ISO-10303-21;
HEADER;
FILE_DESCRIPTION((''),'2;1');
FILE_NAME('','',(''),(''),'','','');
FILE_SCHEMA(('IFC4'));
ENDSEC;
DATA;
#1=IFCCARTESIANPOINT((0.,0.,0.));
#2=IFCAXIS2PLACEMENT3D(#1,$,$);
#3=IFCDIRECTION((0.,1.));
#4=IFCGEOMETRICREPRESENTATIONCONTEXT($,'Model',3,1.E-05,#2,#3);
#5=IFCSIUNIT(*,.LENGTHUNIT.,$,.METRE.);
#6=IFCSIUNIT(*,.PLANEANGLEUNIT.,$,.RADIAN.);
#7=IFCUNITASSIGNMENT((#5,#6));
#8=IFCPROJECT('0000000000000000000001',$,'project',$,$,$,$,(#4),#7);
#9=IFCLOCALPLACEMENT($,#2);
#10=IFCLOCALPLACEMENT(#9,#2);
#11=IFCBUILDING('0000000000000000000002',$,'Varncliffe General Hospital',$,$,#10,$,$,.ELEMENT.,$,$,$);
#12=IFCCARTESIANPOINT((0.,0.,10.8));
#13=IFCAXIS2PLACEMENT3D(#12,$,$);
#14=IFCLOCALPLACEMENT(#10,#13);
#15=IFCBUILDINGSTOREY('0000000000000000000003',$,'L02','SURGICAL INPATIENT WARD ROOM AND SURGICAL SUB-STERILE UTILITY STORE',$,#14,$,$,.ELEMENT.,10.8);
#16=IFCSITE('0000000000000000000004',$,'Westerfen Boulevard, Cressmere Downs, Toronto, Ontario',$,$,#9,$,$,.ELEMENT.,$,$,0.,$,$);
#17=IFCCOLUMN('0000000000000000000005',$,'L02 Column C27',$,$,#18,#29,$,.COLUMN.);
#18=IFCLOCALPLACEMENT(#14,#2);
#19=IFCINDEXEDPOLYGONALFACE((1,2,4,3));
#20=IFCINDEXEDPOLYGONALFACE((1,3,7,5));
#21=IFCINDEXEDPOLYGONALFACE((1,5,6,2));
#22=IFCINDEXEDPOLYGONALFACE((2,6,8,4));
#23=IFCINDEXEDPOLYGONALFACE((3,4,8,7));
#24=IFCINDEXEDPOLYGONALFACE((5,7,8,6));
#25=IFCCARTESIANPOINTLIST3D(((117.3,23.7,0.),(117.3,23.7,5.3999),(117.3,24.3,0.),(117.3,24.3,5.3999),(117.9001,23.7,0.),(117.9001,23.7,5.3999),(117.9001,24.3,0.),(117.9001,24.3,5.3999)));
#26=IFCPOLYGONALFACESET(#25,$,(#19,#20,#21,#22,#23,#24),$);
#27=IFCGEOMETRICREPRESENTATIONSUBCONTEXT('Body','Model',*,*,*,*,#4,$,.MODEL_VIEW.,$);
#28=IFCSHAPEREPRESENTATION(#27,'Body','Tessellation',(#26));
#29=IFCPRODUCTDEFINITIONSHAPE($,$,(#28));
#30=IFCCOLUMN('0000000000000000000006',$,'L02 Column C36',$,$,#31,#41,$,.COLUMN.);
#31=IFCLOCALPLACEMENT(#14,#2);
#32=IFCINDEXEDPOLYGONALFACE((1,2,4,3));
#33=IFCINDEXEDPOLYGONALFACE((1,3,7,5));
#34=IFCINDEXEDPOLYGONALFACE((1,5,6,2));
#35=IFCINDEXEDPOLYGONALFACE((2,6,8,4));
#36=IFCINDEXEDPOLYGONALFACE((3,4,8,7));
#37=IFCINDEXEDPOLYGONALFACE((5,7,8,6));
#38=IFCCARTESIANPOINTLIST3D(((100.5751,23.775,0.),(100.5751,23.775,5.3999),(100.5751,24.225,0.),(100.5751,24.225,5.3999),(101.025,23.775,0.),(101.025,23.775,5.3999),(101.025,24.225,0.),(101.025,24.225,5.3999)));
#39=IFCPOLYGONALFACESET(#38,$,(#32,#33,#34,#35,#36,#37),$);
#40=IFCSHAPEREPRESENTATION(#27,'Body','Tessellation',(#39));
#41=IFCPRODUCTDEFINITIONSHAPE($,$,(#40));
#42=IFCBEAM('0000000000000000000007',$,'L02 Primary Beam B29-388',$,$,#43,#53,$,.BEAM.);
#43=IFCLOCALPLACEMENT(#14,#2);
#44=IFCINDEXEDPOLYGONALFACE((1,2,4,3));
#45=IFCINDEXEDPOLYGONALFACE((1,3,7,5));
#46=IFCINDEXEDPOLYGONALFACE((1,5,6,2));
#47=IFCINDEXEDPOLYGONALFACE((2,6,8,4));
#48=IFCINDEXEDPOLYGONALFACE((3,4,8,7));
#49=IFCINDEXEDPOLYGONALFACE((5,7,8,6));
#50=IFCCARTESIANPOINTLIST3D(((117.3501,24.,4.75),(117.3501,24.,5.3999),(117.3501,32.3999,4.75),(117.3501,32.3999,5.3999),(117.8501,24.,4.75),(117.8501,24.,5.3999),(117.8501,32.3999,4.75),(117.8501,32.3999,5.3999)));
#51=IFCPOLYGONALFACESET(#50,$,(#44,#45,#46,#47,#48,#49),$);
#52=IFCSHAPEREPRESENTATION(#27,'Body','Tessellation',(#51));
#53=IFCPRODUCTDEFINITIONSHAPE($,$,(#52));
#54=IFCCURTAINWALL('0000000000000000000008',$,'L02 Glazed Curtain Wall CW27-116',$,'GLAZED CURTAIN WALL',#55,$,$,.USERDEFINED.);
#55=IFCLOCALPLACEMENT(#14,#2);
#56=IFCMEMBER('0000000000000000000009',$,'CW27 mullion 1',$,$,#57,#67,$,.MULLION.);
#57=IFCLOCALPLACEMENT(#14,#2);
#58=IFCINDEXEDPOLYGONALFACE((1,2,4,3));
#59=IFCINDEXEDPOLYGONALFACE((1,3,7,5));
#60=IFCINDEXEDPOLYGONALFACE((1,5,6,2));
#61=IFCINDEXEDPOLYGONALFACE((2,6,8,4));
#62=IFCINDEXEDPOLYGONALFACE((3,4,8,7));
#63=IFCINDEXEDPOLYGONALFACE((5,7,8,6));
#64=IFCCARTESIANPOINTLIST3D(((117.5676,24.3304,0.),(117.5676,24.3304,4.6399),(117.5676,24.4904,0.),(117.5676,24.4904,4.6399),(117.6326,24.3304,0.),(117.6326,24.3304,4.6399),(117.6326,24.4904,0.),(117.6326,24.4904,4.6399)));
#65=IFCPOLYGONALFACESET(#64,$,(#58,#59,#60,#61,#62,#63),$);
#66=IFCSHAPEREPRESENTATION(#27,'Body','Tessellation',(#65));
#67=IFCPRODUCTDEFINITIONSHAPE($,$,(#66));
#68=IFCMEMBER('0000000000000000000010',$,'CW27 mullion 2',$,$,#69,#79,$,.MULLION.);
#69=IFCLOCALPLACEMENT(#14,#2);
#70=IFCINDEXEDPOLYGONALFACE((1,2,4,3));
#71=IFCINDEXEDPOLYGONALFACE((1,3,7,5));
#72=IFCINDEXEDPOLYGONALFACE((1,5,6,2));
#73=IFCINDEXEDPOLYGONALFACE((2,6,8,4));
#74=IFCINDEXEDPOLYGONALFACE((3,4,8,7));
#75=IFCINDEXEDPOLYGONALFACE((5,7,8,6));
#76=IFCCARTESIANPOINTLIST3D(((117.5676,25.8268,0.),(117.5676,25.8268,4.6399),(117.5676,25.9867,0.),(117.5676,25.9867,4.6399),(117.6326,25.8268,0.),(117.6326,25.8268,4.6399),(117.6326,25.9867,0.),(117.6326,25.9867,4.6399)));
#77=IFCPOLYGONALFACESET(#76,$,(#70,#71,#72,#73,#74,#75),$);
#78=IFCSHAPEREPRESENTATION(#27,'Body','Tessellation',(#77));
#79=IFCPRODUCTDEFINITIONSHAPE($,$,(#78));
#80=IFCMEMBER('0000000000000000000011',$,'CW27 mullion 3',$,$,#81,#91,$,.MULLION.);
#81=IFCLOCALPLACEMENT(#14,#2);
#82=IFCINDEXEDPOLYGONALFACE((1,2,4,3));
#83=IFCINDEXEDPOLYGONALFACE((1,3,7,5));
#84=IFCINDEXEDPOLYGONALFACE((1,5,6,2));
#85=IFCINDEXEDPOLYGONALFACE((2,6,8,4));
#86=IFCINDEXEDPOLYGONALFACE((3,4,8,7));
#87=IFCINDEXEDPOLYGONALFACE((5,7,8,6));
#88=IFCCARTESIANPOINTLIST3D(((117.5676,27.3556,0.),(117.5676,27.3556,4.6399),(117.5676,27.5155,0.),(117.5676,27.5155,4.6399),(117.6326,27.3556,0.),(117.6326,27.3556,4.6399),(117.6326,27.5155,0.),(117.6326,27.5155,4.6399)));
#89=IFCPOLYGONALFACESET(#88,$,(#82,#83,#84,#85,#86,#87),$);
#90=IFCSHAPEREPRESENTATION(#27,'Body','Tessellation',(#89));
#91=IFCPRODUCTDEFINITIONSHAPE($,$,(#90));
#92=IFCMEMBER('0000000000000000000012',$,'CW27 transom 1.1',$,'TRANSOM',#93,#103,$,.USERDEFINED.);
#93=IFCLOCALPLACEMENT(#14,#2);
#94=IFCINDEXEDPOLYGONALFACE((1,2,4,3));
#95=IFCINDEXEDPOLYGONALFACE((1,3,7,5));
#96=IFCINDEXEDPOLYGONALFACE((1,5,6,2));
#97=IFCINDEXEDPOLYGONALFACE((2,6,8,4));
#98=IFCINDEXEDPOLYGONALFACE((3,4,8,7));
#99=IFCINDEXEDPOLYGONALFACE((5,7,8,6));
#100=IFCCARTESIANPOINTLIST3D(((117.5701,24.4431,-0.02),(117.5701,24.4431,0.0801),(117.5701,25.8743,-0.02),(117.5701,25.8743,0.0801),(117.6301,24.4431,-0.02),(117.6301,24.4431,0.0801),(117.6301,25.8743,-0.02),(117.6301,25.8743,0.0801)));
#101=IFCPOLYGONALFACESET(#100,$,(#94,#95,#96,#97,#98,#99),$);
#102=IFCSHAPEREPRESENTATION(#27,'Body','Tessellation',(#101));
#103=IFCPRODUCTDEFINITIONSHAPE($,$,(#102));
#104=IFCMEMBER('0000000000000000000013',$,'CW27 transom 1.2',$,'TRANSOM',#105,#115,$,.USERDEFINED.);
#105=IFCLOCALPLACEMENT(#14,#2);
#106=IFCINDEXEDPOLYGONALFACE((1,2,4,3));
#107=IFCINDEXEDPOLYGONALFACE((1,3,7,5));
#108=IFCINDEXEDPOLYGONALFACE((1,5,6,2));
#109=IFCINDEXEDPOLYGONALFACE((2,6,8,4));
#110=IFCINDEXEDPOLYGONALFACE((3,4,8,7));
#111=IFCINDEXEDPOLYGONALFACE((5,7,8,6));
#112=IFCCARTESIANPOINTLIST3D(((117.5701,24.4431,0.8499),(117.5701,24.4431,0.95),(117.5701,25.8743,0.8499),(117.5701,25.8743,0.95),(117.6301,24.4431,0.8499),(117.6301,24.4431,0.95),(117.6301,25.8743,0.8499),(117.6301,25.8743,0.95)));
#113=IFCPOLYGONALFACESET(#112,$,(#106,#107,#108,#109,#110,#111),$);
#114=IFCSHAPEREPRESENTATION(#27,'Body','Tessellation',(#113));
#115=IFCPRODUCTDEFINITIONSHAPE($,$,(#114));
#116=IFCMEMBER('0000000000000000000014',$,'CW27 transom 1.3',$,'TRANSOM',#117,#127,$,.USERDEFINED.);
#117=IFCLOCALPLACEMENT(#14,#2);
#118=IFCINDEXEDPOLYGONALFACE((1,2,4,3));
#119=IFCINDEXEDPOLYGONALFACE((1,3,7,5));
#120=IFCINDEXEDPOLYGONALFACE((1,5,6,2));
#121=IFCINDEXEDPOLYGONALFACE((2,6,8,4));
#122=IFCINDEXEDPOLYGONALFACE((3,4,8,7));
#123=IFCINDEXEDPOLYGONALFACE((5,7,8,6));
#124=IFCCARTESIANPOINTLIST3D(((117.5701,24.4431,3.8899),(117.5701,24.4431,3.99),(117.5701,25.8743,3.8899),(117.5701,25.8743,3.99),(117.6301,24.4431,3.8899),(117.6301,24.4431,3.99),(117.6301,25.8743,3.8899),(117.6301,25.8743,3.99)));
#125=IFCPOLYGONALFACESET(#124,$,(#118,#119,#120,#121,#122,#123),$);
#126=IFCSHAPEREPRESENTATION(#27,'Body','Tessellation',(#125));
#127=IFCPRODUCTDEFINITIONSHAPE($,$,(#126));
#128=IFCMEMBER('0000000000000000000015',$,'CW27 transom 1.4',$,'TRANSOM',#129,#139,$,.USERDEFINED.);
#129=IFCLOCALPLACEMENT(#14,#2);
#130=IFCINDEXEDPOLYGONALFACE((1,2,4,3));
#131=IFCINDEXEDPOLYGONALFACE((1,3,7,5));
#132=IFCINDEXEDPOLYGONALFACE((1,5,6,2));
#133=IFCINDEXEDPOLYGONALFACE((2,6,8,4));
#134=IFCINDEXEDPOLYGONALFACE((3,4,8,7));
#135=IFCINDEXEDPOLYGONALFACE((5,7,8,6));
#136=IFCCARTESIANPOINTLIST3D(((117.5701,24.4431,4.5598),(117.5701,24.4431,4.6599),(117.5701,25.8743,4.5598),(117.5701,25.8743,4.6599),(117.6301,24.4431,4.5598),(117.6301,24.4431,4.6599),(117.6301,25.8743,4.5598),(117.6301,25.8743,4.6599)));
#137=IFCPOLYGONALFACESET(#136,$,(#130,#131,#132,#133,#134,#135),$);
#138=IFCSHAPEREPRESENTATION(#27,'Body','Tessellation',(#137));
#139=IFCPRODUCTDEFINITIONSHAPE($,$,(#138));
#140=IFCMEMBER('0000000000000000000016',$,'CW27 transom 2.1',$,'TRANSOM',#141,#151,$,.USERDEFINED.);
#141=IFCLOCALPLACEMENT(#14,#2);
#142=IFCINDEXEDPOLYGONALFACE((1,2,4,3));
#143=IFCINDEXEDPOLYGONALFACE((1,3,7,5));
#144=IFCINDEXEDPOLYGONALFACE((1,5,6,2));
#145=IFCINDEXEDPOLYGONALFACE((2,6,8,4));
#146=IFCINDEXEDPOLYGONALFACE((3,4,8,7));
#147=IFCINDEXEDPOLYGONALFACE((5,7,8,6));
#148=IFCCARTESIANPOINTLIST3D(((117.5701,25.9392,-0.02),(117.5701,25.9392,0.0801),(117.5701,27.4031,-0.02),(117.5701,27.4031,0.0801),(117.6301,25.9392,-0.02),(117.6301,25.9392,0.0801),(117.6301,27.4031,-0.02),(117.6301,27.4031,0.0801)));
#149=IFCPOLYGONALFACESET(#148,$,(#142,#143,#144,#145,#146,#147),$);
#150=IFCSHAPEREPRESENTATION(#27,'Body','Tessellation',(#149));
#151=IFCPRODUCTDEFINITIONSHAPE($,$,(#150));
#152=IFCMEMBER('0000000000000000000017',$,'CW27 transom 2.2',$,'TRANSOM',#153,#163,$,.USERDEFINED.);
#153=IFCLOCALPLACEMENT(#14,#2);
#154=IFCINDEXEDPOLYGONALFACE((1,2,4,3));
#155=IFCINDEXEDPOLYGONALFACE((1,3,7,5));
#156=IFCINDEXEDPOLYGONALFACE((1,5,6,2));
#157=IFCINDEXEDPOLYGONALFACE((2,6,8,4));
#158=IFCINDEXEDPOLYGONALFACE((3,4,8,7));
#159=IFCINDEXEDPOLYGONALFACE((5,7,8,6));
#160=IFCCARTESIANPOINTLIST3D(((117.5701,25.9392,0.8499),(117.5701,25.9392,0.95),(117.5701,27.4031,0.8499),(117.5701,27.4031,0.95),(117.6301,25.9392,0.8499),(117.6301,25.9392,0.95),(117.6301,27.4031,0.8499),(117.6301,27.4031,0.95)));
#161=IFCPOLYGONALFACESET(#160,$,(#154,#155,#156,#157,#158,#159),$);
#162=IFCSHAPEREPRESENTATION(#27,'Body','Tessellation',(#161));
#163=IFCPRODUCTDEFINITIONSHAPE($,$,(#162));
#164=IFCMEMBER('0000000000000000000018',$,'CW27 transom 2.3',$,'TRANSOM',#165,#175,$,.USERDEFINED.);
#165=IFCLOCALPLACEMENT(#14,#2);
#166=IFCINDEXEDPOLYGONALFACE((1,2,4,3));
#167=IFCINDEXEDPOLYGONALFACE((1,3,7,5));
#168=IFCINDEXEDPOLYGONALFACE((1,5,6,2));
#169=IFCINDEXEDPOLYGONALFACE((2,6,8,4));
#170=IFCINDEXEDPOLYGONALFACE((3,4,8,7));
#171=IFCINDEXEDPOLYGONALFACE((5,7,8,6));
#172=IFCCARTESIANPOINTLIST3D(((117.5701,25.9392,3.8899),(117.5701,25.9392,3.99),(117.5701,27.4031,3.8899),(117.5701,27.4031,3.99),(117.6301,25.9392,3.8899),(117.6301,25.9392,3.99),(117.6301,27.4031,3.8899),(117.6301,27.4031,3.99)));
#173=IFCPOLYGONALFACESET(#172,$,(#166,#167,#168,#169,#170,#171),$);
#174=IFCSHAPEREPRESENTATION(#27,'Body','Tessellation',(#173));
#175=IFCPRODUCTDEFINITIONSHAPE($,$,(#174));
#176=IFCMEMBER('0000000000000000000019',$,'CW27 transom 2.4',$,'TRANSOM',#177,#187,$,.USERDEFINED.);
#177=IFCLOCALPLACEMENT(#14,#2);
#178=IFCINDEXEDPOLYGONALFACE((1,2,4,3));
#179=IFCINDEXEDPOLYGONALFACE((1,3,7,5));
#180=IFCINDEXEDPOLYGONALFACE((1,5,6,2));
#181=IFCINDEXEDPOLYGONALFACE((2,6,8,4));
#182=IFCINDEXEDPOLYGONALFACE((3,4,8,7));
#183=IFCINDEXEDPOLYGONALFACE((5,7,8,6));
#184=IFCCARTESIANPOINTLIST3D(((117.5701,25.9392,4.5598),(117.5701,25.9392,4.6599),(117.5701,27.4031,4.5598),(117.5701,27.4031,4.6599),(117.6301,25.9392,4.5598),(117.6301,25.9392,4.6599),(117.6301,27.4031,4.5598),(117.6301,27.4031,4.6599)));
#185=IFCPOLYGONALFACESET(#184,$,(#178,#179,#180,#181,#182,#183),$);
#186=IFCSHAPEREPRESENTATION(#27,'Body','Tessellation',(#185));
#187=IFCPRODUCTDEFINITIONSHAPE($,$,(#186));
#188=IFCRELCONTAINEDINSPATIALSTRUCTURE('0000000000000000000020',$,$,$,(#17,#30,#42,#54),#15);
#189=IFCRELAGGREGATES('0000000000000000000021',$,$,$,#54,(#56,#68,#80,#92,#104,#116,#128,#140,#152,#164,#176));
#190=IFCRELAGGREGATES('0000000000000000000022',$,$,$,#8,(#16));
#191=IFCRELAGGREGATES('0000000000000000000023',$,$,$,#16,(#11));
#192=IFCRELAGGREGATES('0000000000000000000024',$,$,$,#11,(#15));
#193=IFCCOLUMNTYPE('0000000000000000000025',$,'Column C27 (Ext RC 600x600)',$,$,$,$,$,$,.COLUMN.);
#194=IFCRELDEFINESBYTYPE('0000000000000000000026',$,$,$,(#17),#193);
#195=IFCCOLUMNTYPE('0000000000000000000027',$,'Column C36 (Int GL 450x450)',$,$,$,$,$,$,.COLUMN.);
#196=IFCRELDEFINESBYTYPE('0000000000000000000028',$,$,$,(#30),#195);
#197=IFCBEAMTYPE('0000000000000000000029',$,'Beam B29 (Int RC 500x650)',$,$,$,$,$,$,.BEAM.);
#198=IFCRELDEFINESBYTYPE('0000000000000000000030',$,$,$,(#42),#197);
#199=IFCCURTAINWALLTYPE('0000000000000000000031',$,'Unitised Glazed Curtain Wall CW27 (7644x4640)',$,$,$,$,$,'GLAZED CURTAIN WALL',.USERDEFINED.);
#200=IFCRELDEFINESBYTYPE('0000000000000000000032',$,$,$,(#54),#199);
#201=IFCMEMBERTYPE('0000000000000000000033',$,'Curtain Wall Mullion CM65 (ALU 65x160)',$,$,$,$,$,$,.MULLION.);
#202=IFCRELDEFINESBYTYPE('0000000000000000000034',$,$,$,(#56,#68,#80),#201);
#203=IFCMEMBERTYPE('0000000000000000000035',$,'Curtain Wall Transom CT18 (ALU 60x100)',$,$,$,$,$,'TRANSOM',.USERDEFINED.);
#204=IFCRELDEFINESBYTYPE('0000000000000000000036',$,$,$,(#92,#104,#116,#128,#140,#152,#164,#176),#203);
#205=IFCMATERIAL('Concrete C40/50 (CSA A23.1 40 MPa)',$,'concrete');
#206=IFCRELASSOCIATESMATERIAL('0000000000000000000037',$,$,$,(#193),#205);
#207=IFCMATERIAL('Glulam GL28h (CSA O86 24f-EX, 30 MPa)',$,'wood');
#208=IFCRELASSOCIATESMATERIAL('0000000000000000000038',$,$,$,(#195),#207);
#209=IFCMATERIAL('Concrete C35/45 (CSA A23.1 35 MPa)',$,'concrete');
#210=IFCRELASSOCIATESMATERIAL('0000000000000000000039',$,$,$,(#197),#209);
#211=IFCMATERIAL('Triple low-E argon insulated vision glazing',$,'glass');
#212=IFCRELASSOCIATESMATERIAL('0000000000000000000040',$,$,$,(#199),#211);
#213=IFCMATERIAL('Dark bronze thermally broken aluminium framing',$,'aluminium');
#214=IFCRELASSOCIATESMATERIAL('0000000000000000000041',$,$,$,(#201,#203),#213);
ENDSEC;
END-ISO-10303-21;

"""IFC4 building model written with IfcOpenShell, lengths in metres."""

from ifc_helpers import new_model, si_unit, direction, frame, origin, origin_2d, place, context, subcontext, project, spatial, rectangle, extrude, material, material_profile, profile_set, type_object, element, aggregate, save


model = new_model("IFC4")

# Units and contexts
model_context = context("Model", 3, precision=1e-05, world=origin(), true_north=direction((0.0, 1.0)))
body_context = subcontext(model_context, "Body", "Model", "MODEL_VIEW")
ifc_project = project(units=[si_unit("LENGTHUNIT", "METRE"), si_unit("PLANEANGLEUNIT", "RADIAN")], contexts=[model_context])

# Site, building, storey
site_placement = place(None, origin())
site = spatial("IfcSite", under=ifc_project, at=site_placement, Name="Westerfen Boulevard, Cressmere Downs, Toronto, Ontario", CompositionType="ELEMENT", RefElevation=0.0)
building_placement = place(site_placement, origin())
building = spatial("IfcBuilding", under=site, at=building_placement, Name="Varncliffe General Hospital", CompositionType="ELEMENT")
storey_placement = place(building_placement, frame((0.0, 0.0, 10.8)))
storey = spatial("IfcBuildingStorey", under=building, at=storey_placement, Name="L02", Description="SURGICAL INPATIENT WARD ROOM AND SURGICAL SUB-STERILE UTILITY STORE", CompositionType="ELEMENT", Elevation=10.8)

# Columns
ifc_material_1 = material(Name="Concrete C40/50 (CSA A23.1 40 MPa)", Category="concrete")
ifc_material_profile_1 = material_profile(ifc_material_1, rectangle(XDim=0.6001, YDim=0.6001, at=origin_2d()), Name="RC 600x600")
ifc_profile_set_1 = profile_set([ifc_material_profile_1], Name="Concrete C40/50 (CSA A23.1 40 MPa)")
column_type_1 = type_object("IfcColumnType", Name="Column C27 (Ext RC 600x600)", PredefinedType="COLUMN", material=ifc_profile_set_1)
column_1_placement = place(storey_placement, frame((117.6001, 24.0, 0.0), z_axis=(0.0, 0.0, 1.0), x_axis=(1.0, 0.0, 0.0)))
element("IfcColumn", 1, at=column_1_placement, inside=storey, type_object=column_type_1, Name="L02 Column C27", PredefinedType="COLUMN", context=body_context, shape_type="SweptSolid", body=[
    extrude(rectangle(XDim=0.6001, YDim=0.6001, at=origin_2d()), origin(), (0.0, 0.0, 1.0), 5.3999),
])
ifc_material_2 = material(Name="Glulam GL28h (CSA O86 24f-EX, 30 MPa)", Category="wood")
ifc_material_profile_2 = material_profile(ifc_material_2, rectangle(XDim=0.45, YDim=0.45, at=origin_2d()), Name="GL 450x450")
ifc_profile_set_2 = profile_set([ifc_material_profile_2], Name="Glulam GL28h (CSA O86 24f-EX, 30 MPa)")
column_type_2 = type_object("IfcColumnType", Name="Column C36 (Int GL 450x450)", PredefinedType="COLUMN", material=ifc_profile_set_2)
column_2_placement = place(storey_placement, frame((100.8, 24.0, 0.0), z_axis=(0.0, 0.0, 1.0), x_axis=(1.0, 0.0, 0.0)))
element("IfcColumn", 2, at=column_2_placement, inside=storey, type_object=column_type_2, Name="L02 Column C36", PredefinedType="COLUMN", context=body_context, shape_type="SweptSolid", body=[
    extrude(rectangle(XDim=0.45, YDim=0.45, at=origin_2d()), origin(), (0.0, 0.0, 1.0), 5.3999),
])

# Beam
ifc_material_3 = material(Name="Concrete C35/45 (CSA A23.1 35 MPa)", Category="concrete")
ifc_material_profile_3 = material_profile(ifc_material_3, rectangle(XDim=0.5, YDim=0.6499, at=origin_2d()), Name="RC 500x650")
ifc_profile_set_3 = profile_set([ifc_material_profile_3], Name="Concrete C35/45 (CSA A23.1 35 MPa)")
beam_type_1 = type_object("IfcBeamType", Name="Beam B29 (Int RC 500x650)", PredefinedType="BEAM", material=ifc_profile_set_3)
beam_1_placement = place(storey_placement, frame((117.6001, 24.0, 5.075), z_axis=(0.0, 1.0, 0.0), x_axis=(-1.0, 0.0, 0.0)))
element("IfcBeam", 3, at=beam_1_placement, inside=storey, type_object=beam_type_1, Name="L02 Primary Beam B29-388", PredefinedType="BEAM", context=body_context, shape_type="SweptSolid", body=[
    extrude(rectangle(XDim=0.5, YDim=0.6499, at=origin_2d()), origin(), (0.0, 0.0, 1.0), 8.3999),
])

# Curtain wall, members
ifc_material_4 = material(Name="Triple low-E argon insulated vision glazing", Category="glass")
curtain_wall_type = type_object("IfcCurtainWallType", Name="Unitised Glazed Curtain Wall CW27 (7644x4640)", ElementType="GLAZED CURTAIN WALL", PredefinedType="USERDEFINED", material=ifc_material_4)
curtain_wall_placement = place(storey_placement, origin())
curtain_wall = element("IfcCurtainWall", 4, at=curtain_wall_placement, inside=storey, type_object=curtain_wall_type, Name="L02 Glazed Curtain Wall CW27-116", ObjectType="GLAZED CURTAIN WALL", PredefinedType="USERDEFINED")
ifc_material_5 = material(Name="Dark bronze thermally broken aluminium framing", Category="aluminium")
ifc_material_profile_4 = material_profile(ifc_material_5, rectangle(XDim=0.0649, YDim=0.1599, at=origin_2d()), Name="ALU 65x160")
ifc_profile_set_4 = profile_set([ifc_material_profile_4], Name="Dark bronze thermally broken aluminium framing")
member_type_1 = type_object("IfcMemberType", Name="Curtain Wall Mullion CM65 (ALU 65x160)", PredefinedType="MULLION", material=ifc_profile_set_4)
member_1_placement = place(storey_placement, frame((117.6001, 24.4104, 0.0), z_axis=(0.0, 0.0, 1.0), x_axis=(-1.0, 0.0, 0.0)))
member_1 = element("IfcMember", 5, at=member_1_placement, type_object=member_type_1, Name="CW27 mullion 1", PredefinedType="MULLION", context=body_context, shape_type="SweptSolid", body=[
    extrude(rectangle(XDim=0.0649, YDim=0.1599, at=origin_2d()), origin(), (0.0, 0.0, 1.0), 4.6399),
])
member_2_placement = place(storey_placement, frame((117.6001, 25.9067, 0.0), z_axis=(0.0, 0.0, 1.0), x_axis=(-1.0, 0.0, 0.0)))
member_2 = element("IfcMember", 6, at=member_2_placement, type_object=member_type_1, Name="CW27 mullion 2", PredefinedType="MULLION", context=body_context, shape_type="SweptSolid", body=[
    extrude(rectangle(XDim=0.0649, YDim=0.1599, at=origin_2d()), origin(), (0.0, 0.0, 1.0), 4.6399),
])
member_3_placement = place(storey_placement, frame((117.6001, 27.4355, 0.0), z_axis=(0.0, 0.0, 1.0), x_axis=(-1.0, 0.0, 0.0)))
member_3 = element("IfcMember", 7, at=member_3_placement, type_object=member_type_1, Name="CW27 mullion 3", PredefinedType="MULLION", context=body_context, shape_type="SweptSolid", body=[
    extrude(rectangle(XDim=0.0649, YDim=0.1599, at=origin_2d()), origin(), (0.0, 0.0, 1.0), 4.6399),
])
ifc_material_profile_5 = material_profile(ifc_material_5, rectangle(XDim=0.0601, YDim=0.1001, at=origin_2d()), Name="ALU 60x100")
ifc_profile_set_5 = profile_set([ifc_material_profile_5], Name="Dark bronze thermally broken aluminium framing")
member_type_2 = type_object("IfcMemberType", Name="Curtain Wall Transom CT18 (ALU 60x100)", ElementType="TRANSOM", PredefinedType="USERDEFINED", material=ifc_profile_set_5)
member_4_placement = place(storey_placement, frame((117.6001, 24.4431, 0.03), z_axis=(0.0, 1.0, 0.0), x_axis=(-1.0, 0.0, 0.0)))
member_4 = element("IfcMember", 8, at=member_4_placement, type_object=member_type_2, Name="CW27 transom 1.1", ObjectType="TRANSOM", PredefinedType="USERDEFINED", context=body_context, shape_type="SweptSolid", body=[
    extrude(rectangle(XDim=0.0601, YDim=0.1001, at=origin_2d()), origin(), (0.0, 0.0, 1.0), 1.4312),
])
member_5_placement = place(storey_placement, frame((117.6001, 24.4431, 0.8999), z_axis=(0.0, 1.0, 0.0), x_axis=(-1.0, 0.0, 0.0)))
member_5 = element("IfcMember", 9, at=member_5_placement, type_object=member_type_2, Name="CW27 transom 1.2", ObjectType="TRANSOM", PredefinedType="USERDEFINED", context=body_context, shape_type="SweptSolid", body=[
    extrude(rectangle(XDim=0.0601, YDim=0.1001, at=origin_2d()), origin(), (0.0, 0.0, 1.0), 1.4312),
])
member_6_placement = place(storey_placement, frame((117.6001, 24.4431, 3.9399), z_axis=(0.0, 1.0, 0.0), x_axis=(-1.0, 0.0, 0.0)))
member_6 = element("IfcMember", 10, at=member_6_placement, type_object=member_type_2, Name="CW27 transom 1.3", ObjectType="TRANSOM", PredefinedType="USERDEFINED", context=body_context, shape_type="SweptSolid", body=[
    extrude(rectangle(XDim=0.0601, YDim=0.1001, at=origin_2d()), origin(), (0.0, 0.0, 1.0), 1.4312),
])
member_7_placement = place(storey_placement, frame((117.6001, 24.4431, 4.6099), z_axis=(0.0, 1.0, 0.0), x_axis=(-1.0, 0.0, 0.0)))
member_7 = element("IfcMember", 11, at=member_7_placement, type_object=member_type_2, Name="CW27 transom 1.4", ObjectType="TRANSOM", PredefinedType="USERDEFINED", context=body_context, shape_type="SweptSolid", body=[
    extrude(rectangle(XDim=0.0601, YDim=0.1001, at=origin_2d()), origin(), (0.0, 0.0, 1.0), 1.4312),
])
member_8_placement = place(storey_placement, frame((117.6001, 25.9392, 0.03), z_axis=(0.0, 1.0, 0.0), x_axis=(-1.0, 0.0, 0.0)))
member_8 = element("IfcMember", 12, at=member_8_placement, type_object=member_type_2, Name="CW27 transom 2.1", ObjectType="TRANSOM", PredefinedType="USERDEFINED", context=body_context, shape_type="SweptSolid", body=[
    extrude(rectangle(XDim=0.0601, YDim=0.1001, at=origin_2d()), origin(), (0.0, 0.0, 1.0), 1.4639),
])
member_9_placement = place(storey_placement, frame((117.6001, 25.9392, 0.8999), z_axis=(0.0, 1.0, 0.0), x_axis=(-1.0, 0.0, 0.0)))
member_9 = element("IfcMember", 13, at=member_9_placement, type_object=member_type_2, Name="CW27 transom 2.2", ObjectType="TRANSOM", PredefinedType="USERDEFINED", context=body_context, shape_type="SweptSolid", body=[
    extrude(rectangle(XDim=0.0601, YDim=0.1001, at=origin_2d()), origin(), (0.0, 0.0, 1.0), 1.4639),
])
member_10_placement = place(storey_placement, frame((117.6001, 25.9392, 3.9399), z_axis=(0.0, 1.0, 0.0), x_axis=(-1.0, 0.0, 0.0)))
member_10 = element("IfcMember", 14, at=member_10_placement, type_object=member_type_2, Name="CW27 transom 2.3", ObjectType="TRANSOM", PredefinedType="USERDEFINED", context=body_context, shape_type="SweptSolid", body=[
    extrude(rectangle(XDim=0.0601, YDim=0.1001, at=origin_2d()), origin(), (0.0, 0.0, 1.0), 1.4639),
])
member_11_placement = place(storey_placement, frame((117.6001, 25.9392, 4.6099), z_axis=(0.0, 1.0, 0.0), x_axis=(-1.0, 0.0, 0.0)))
member_11 = element("IfcMember", 15, at=member_11_placement, type_object=member_type_2, Name="CW27 transom 2.4", ObjectType="TRANSOM", PredefinedType="USERDEFINED", context=body_context, shape_type="SweptSolid", body=[
    extrude(rectangle(XDim=0.0601, YDim=0.1001, at=origin_2d()), origin(), (0.0, 0.0, 1.0), 1.4639),
])

aggregate(curtain_wall, [member_1, member_2, member_3, member_4, member_5, member_6, member_7, member_8, member_9, member_10, member_11])

save(model, "model.ifc")
